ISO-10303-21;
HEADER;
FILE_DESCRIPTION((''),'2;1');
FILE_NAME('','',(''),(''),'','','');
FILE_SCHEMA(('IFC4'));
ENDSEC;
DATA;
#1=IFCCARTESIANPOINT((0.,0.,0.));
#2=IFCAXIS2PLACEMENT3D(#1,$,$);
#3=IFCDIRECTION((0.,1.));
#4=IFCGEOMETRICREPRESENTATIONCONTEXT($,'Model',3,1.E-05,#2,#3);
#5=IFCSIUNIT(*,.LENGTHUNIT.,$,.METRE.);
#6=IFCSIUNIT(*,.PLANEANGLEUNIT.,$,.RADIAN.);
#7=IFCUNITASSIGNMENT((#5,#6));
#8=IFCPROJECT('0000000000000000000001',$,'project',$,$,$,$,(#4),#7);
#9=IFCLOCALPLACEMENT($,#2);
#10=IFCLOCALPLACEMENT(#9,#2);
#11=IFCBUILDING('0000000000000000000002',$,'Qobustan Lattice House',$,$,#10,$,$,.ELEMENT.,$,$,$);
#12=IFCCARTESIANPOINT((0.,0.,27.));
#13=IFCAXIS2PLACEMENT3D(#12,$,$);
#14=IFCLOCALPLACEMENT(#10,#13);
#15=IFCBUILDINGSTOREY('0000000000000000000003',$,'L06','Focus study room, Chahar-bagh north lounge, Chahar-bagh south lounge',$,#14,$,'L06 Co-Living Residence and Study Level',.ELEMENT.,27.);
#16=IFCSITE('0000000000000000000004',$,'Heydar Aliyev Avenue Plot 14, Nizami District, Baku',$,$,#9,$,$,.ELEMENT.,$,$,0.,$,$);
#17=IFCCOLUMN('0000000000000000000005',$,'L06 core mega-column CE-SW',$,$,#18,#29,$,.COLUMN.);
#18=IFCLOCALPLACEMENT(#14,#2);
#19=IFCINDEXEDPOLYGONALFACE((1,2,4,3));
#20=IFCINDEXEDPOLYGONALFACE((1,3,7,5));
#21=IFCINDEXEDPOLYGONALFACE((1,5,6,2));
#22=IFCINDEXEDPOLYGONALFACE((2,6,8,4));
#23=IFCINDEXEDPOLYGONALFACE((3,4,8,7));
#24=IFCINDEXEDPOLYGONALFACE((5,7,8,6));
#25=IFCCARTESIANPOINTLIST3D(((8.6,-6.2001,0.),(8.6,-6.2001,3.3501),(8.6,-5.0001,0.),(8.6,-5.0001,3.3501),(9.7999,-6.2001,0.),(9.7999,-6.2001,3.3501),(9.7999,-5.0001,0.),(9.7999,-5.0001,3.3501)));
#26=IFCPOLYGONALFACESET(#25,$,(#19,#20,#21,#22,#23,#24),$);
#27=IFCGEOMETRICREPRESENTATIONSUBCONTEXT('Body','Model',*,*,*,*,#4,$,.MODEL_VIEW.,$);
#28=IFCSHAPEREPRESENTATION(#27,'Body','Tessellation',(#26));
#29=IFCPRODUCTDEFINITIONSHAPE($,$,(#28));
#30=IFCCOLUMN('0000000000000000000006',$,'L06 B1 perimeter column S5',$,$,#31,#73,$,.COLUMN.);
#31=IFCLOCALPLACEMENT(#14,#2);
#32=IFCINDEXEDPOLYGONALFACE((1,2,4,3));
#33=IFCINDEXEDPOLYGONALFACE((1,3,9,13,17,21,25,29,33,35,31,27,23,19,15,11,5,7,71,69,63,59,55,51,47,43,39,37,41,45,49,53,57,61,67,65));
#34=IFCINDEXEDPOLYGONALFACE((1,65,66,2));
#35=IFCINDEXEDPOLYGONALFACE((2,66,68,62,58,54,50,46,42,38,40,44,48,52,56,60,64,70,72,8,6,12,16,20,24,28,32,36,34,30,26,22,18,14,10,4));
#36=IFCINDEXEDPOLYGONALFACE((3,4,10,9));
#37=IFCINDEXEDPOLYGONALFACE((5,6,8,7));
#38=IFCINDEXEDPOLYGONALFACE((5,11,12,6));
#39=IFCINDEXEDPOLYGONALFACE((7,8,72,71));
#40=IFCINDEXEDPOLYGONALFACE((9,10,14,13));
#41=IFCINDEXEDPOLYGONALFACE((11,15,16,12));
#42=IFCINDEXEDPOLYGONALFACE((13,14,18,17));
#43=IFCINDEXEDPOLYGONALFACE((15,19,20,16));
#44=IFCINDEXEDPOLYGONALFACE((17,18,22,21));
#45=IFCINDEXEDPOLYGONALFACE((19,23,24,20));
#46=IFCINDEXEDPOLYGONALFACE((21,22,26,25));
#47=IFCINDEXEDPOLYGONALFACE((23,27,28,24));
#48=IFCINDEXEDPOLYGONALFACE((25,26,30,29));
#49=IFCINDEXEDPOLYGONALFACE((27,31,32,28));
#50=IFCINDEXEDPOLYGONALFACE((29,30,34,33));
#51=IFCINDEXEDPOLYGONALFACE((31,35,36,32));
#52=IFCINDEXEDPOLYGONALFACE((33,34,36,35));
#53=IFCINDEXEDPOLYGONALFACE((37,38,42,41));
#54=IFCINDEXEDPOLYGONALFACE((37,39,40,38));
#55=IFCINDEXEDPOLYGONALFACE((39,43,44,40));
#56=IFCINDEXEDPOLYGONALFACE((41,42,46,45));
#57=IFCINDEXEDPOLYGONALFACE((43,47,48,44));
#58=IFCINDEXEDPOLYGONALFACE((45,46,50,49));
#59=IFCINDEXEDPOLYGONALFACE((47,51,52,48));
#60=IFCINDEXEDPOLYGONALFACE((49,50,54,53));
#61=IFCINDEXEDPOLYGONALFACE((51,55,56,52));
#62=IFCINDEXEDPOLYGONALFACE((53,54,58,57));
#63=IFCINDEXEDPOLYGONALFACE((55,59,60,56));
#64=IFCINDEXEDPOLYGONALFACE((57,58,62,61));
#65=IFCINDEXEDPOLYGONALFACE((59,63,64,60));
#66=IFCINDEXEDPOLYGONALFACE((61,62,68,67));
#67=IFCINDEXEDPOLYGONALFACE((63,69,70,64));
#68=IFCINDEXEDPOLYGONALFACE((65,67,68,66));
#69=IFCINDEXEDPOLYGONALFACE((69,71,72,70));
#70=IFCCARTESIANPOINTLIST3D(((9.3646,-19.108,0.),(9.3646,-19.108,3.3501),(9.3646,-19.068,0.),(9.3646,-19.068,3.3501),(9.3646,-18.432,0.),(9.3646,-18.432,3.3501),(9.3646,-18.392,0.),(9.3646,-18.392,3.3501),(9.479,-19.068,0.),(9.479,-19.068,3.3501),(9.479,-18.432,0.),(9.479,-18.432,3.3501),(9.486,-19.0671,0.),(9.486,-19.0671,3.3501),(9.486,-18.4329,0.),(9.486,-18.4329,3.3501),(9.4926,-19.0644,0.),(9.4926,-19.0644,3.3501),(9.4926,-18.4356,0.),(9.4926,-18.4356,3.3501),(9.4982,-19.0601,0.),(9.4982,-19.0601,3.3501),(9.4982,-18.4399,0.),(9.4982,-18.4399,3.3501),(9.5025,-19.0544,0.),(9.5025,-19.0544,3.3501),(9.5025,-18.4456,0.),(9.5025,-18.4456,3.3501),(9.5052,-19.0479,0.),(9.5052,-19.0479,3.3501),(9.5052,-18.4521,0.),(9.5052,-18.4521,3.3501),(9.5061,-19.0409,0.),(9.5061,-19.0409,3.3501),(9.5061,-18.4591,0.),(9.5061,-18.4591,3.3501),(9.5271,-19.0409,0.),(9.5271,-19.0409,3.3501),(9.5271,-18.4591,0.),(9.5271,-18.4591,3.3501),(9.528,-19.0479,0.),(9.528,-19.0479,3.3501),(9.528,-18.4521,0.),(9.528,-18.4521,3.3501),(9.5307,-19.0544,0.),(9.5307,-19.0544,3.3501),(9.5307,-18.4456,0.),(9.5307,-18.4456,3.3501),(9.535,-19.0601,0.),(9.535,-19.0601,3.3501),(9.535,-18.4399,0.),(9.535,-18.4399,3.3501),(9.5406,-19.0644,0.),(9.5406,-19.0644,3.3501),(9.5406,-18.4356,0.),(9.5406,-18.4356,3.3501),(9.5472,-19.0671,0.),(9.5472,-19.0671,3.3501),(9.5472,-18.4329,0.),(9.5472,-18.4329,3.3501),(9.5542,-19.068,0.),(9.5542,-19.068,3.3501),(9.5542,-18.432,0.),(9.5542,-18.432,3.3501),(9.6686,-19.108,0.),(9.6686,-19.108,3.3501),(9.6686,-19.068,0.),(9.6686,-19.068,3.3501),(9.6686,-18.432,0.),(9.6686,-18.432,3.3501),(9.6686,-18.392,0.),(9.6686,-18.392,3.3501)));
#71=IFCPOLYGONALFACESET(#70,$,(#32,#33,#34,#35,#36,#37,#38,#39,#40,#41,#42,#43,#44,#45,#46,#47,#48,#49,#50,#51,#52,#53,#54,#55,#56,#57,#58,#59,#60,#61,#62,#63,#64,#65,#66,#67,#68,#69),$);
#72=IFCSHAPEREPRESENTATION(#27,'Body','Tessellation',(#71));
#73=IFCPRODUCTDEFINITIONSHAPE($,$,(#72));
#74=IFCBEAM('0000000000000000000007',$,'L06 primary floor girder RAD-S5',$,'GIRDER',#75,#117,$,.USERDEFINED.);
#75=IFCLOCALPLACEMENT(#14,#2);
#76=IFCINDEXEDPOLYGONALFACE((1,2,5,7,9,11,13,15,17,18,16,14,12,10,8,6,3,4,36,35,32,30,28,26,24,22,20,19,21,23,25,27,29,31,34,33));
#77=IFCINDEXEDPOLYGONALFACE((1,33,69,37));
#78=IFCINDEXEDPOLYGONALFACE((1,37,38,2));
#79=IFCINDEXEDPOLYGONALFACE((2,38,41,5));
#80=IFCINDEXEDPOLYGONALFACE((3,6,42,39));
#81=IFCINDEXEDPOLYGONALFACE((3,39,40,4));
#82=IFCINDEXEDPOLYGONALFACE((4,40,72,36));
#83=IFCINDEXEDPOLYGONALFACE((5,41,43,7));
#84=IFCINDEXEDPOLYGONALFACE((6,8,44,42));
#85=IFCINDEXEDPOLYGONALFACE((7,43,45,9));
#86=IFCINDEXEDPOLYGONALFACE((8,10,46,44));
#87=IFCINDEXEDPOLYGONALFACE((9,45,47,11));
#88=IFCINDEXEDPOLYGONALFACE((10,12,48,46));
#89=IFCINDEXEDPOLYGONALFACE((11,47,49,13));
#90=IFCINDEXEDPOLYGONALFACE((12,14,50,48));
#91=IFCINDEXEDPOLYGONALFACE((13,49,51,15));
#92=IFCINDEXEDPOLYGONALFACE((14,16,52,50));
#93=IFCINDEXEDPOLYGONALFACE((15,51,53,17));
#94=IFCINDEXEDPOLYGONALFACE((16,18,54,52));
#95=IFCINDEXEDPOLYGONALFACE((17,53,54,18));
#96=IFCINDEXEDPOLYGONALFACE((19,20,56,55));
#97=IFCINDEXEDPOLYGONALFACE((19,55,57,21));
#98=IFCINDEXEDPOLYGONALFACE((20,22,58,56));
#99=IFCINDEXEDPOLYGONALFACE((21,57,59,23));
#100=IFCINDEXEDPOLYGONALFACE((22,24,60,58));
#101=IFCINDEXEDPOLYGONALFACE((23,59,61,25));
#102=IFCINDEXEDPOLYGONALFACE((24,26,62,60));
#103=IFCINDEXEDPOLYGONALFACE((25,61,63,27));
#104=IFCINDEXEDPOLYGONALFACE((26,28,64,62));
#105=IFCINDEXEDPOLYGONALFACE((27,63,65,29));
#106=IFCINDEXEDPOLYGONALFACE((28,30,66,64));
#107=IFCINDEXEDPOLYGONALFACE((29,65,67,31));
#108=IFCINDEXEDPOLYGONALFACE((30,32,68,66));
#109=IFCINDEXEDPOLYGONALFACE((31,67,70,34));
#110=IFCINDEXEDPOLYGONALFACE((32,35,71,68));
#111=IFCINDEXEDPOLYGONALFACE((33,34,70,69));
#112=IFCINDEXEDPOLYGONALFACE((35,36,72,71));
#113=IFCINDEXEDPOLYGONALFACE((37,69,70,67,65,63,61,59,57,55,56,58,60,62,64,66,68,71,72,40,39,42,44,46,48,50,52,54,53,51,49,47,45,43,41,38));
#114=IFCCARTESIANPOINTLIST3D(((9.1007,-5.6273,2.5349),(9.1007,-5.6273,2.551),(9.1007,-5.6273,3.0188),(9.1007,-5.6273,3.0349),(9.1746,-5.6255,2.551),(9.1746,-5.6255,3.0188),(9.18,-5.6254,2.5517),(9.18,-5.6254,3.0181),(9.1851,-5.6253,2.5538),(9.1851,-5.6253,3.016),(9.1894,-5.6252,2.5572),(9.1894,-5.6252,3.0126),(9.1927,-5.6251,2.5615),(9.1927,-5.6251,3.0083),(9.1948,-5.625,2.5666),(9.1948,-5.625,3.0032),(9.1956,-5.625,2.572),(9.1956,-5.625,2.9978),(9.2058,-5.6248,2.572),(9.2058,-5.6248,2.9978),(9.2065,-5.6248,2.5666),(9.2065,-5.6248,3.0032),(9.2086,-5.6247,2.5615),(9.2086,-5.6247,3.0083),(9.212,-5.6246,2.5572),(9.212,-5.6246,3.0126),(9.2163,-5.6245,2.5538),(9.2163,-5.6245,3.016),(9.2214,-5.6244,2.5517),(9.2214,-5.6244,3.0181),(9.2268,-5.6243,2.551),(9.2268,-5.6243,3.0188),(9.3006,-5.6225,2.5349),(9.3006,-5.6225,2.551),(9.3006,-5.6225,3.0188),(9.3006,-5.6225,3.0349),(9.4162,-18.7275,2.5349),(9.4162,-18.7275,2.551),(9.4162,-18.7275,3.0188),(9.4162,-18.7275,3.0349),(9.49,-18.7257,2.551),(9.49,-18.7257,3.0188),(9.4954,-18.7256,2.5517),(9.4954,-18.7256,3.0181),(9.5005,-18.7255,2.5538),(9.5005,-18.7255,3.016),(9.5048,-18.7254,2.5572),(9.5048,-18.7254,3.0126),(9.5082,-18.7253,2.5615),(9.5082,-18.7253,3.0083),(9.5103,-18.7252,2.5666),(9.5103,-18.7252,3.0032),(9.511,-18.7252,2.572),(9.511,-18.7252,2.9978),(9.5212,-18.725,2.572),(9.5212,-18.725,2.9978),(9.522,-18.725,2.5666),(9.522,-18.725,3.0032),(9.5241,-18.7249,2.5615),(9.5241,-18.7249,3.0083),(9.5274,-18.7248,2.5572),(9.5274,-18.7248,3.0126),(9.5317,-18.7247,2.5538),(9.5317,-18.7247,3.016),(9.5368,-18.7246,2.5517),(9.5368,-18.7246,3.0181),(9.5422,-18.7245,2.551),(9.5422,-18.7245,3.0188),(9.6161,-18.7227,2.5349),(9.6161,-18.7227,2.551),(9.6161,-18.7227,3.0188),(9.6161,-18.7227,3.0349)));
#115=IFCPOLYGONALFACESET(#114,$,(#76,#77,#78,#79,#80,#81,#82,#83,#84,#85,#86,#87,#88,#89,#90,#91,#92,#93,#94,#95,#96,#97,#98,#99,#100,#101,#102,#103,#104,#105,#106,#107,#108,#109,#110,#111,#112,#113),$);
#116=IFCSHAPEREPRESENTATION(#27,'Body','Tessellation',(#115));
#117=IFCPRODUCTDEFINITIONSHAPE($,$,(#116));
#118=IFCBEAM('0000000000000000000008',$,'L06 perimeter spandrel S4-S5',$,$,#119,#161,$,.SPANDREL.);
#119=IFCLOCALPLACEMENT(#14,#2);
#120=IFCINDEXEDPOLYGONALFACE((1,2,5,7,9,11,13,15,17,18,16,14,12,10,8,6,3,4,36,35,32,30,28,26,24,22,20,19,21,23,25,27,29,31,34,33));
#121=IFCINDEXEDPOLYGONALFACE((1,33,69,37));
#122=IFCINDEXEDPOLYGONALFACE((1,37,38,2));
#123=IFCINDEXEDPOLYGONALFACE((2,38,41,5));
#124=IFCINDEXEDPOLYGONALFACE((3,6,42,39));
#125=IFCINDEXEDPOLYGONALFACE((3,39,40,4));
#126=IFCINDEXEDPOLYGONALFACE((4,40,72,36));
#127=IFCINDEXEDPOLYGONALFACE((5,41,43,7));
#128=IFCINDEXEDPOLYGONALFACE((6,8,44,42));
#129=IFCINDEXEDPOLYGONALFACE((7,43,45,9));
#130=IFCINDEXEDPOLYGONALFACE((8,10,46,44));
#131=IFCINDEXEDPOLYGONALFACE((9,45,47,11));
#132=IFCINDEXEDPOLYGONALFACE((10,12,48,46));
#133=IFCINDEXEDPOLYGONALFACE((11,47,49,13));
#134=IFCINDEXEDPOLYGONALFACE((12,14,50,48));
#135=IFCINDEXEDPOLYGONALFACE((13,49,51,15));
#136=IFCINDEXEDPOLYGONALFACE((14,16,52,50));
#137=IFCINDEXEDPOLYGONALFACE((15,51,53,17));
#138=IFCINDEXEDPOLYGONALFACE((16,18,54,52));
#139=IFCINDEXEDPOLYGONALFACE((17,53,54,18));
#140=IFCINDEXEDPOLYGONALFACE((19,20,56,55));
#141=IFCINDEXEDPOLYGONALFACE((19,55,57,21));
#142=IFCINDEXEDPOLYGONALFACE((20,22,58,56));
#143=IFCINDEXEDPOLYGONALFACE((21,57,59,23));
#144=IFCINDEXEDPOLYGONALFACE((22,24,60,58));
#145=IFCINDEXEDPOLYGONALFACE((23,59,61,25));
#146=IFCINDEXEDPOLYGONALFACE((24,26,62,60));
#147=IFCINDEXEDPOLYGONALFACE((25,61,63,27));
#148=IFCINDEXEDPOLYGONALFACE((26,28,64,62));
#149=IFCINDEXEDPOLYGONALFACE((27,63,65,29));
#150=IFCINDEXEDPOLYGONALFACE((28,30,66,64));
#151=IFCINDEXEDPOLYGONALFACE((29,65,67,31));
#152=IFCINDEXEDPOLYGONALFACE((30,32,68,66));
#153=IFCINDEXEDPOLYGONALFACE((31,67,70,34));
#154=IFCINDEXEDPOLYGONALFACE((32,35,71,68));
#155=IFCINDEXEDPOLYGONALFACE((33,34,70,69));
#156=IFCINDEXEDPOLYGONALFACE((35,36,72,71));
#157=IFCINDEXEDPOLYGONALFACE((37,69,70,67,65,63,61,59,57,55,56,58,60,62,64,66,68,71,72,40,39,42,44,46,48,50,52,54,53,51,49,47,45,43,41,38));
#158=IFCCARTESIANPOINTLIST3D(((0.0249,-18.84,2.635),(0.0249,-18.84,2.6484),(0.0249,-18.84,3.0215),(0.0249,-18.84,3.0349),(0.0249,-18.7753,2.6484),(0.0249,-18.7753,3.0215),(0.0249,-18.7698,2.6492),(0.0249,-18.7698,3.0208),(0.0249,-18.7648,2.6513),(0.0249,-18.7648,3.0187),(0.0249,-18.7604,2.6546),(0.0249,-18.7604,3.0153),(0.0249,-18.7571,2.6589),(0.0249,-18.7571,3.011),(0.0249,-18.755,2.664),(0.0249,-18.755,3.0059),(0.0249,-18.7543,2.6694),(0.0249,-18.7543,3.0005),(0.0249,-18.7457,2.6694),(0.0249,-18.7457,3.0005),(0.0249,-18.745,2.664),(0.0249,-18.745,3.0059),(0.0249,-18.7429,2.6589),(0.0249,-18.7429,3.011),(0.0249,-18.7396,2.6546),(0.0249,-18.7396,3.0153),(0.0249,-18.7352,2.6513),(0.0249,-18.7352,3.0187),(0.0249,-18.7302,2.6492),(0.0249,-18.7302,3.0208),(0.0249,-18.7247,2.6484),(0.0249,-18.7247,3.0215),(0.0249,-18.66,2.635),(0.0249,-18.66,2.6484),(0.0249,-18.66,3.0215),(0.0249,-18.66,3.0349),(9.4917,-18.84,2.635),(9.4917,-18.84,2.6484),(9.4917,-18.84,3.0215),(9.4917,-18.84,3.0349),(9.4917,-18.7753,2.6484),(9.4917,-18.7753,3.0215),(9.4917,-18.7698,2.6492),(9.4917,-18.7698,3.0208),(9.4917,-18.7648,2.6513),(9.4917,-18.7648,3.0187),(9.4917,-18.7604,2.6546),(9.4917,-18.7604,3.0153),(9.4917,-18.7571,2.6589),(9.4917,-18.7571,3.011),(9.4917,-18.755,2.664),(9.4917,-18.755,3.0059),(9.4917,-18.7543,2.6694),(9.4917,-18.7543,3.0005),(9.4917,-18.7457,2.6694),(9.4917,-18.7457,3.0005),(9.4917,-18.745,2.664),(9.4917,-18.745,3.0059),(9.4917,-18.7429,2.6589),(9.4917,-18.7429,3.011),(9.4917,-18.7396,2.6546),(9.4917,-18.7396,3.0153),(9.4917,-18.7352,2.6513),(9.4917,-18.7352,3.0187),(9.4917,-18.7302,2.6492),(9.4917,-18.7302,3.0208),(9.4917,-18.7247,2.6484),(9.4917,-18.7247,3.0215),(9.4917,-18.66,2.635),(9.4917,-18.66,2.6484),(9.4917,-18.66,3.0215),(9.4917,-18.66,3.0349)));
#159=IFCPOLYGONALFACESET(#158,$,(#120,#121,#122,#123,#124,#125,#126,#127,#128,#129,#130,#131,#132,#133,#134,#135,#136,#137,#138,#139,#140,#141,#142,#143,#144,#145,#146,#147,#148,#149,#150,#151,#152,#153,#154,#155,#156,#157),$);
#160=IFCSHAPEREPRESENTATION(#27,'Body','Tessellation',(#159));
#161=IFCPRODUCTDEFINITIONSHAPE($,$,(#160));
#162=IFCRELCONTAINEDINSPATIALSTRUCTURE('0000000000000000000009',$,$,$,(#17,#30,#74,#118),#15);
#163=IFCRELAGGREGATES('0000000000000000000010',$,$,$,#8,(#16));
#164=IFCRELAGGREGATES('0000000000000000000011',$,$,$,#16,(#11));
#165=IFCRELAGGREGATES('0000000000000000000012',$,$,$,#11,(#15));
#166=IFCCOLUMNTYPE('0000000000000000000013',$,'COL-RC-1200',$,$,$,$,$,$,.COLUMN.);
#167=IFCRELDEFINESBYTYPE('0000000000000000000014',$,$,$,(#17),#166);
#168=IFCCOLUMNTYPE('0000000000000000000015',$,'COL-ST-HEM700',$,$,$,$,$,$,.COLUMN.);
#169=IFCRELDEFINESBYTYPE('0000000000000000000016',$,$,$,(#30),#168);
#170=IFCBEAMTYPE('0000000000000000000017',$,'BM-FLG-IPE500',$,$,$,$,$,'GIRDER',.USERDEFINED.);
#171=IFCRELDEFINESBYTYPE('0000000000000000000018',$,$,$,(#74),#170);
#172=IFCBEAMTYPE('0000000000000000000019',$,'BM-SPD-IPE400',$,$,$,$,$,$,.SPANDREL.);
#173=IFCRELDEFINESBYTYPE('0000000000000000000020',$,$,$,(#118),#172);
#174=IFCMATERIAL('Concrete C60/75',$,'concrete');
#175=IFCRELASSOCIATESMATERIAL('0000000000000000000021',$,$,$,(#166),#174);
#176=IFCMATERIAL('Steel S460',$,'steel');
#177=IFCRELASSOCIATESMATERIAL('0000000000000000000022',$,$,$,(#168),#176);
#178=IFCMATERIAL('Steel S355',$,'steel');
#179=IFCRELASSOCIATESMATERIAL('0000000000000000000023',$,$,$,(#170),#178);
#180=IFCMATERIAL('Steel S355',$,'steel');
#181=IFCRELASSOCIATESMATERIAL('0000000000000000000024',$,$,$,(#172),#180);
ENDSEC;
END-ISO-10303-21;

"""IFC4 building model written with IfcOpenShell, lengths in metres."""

from ifc_helpers import new_model, si_unit, direction, frame, origin, origin_2d, place, context, subcontext, project, spatial, rectangle, i_section, extrude, material, material_profile, profile_set, type_object, element, save


model = new_model("IFC4")

# Units and contexts
model_context = context("Model", 3, precision=1e-05, world=origin(), true_north=direction((0.0, 1.0)))
body_context = subcontext(model_context, "Body", "Model", "MODEL_VIEW")
ifc_project = project(units=[si_unit("LENGTHUNIT", "METRE"), si_unit("PLANEANGLEUNIT", "RADIAN")], contexts=[model_context])

# Site, building, storey
site_placement = place(None, origin())
site = spatial("IfcSite", under=ifc_project, at=site_placement, Name="Heydar Aliyev Avenue Plot 14, Nizami District, Baku", CompositionType="ELEMENT", RefElevation=0.0)
building_placement = place(site_placement, origin())
building = spatial("IfcBuilding", under=site, at=building_placement, Name="Qobustan Lattice House", CompositionType="ELEMENT")
storey_placement = place(building_placement, frame((0.0, 0.0, 27.0)))
storey = spatial("IfcBuildingStorey", under=building, at=storey_placement, Name="L06", Description="Focus study room, Chahar-bagh north lounge, Chahar-bagh south lounge", LongName="L06 Co-Living Residence and Study Level", CompositionType="ELEMENT", Elevation=27.0)

# Columns
ifc_material_1 = material(Name="Concrete C60/75", Category="concrete")
ifc_material_profile_1 = material_profile(ifc_material_1, rectangle(XDim=1.2, YDim=1.2, at=origin_2d()), Name="RC1200x1200")
ifc_profile_set_1 = profile_set([ifc_material_profile_1], Name="Concrete C60/75")
column_type_1 = type_object("IfcColumnType", Name="COL-RC-1200", PredefinedType="COLUMN", material=ifc_profile_set_1)
column_1_placement = place(storey_placement, frame((9.2, -5.6001, 0.0), z_axis=(0.0, 0.0, 1.0), x_axis=(1.0, 0.0, 0.0)))
element("IfcColumn", 1, at=column_1_placement, inside=storey, type_object=column_type_1, Name="L06 core mega-column CE-SW", PredefinedType="COLUMN", context=body_context, shape_type="SweptSolid", body=[
    extrude(rectangle(XDim=1.2, YDim=1.2, at=origin_2d()), origin(), (0.0, 0.0, 1.0), 3.3501),
])
ifc_material_2 = material(Name="Steel S460", Category="steel")
ifc_material_profile_2 = material_profile(ifc_material_2, i_section(OverallWidth=0.304, OverallDepth=0.7161, WebThickness=0.021, FlangeThickness=0.04, FilletRadius=0.0271, at=origin_2d()), Name="HEM700")
ifc_profile_set_2 = profile_set([ifc_material_profile_2], Name="Steel S460")
column_type_2 = type_object("IfcColumnType", Name="COL-ST-HEM700", PredefinedType="COLUMN", material=ifc_profile_set_2)
column_2_placement = place(storey_placement, frame((9.5166, -18.75, 0.0), z_axis=(0.0, 0.0, 1.0), x_axis=(1.0, 0.0, 0.0)))
element("IfcColumn", 2, at=column_2_placement, inside=storey, type_object=column_type_2, Name="L06 B1 perimeter column S5", PredefinedType="COLUMN", context=body_context, shape_type="SweptSolid", body=[
    extrude(i_section(OverallWidth=0.304, OverallDepth=0.7161, WebThickness=0.021, FlangeThickness=0.04, FilletRadius=0.0271, at=origin_2d()), origin(), (0.0, 0.0, 1.0), 3.3501),
])

# Beams
ifc_material_3 = material(Name="Steel S355", Category="steel")
ifc_material_profile_3 = material_profile(ifc_material_3, i_section(OverallWidth=0.2, OverallDepth=0.5, WebThickness=0.0103, FlangeThickness=0.0161, FilletRadius=0.021, at=origin_2d()), Name="IPE500")
ifc_profile_set_3 = profile_set([ifc_material_profile_3], Name="Steel S355")
beam_type_1 = type_object("IfcBeamType", Name="BM-FLG-IPE500", ElementType="GIRDER", PredefinedType="USERDEFINED", material=ifc_profile_set_3)
beam_1_placement = place(storey_placement, frame((9.5161, -18.7251, 2.7849), z_axis=(-0.024071, 0.99971, 0.0), x_axis=(-0.99971, -0.024071, 0.0)))
element("IfcBeam", 3, at=beam_1_placement, inside=storey, type_object=beam_type_1, Name="L06 primary floor girder RAD-S5", ObjectType="GIRDER", PredefinedType="USERDEFINED", context=body_context, shape_type="SweptSolid", body=[
    extrude(i_section(OverallWidth=0.2, OverallDepth=0.5, WebThickness=0.0103, FlangeThickness=0.0161, FilletRadius=0.021, at=origin_2d()), origin(), (0.0, 0.0, 1.0), 13.104),
])
ifc_material_4 = material(Name="Steel S355", Category="steel")
ifc_material_profile_4 = material_profile(ifc_material_4, i_section(OverallWidth=0.1799, OverallDepth=0.3999, WebThickness=0.0085, FlangeThickness=0.0134, FilletRadius=0.021, at=origin_2d()), Name="IPE400")
ifc_profile_set_4 = profile_set([ifc_material_profile_4], Name="Steel S355")
beam_type_2 = type_object("IfcBeamType", Name="BM-SPD-IPE400", PredefinedType="SPANDREL", material=ifc_profile_set_4)
beam_2_placement = place(storey_placement, frame((0.0249, -18.75, 2.835), z_axis=(1.0, 0.0, 0.0), x_axis=(0.0, 1.0, 0.0)))
element("IfcBeam", 4, at=beam_2_placement, inside=storey, type_object=beam_type_2, Name="L06 perimeter spandrel S4-S5", PredefinedType="SPANDREL", context=body_context, shape_type="SweptSolid", body=[
    extrude(i_section(OverallWidth=0.1799, OverallDepth=0.3999, WebThickness=0.0085, FlangeThickness=0.0134, FilletRadius=0.021, at=origin_2d()), origin(), (0.0, 0.0, 1.0), 9.4668),
])

save(model, "model.ifc")
